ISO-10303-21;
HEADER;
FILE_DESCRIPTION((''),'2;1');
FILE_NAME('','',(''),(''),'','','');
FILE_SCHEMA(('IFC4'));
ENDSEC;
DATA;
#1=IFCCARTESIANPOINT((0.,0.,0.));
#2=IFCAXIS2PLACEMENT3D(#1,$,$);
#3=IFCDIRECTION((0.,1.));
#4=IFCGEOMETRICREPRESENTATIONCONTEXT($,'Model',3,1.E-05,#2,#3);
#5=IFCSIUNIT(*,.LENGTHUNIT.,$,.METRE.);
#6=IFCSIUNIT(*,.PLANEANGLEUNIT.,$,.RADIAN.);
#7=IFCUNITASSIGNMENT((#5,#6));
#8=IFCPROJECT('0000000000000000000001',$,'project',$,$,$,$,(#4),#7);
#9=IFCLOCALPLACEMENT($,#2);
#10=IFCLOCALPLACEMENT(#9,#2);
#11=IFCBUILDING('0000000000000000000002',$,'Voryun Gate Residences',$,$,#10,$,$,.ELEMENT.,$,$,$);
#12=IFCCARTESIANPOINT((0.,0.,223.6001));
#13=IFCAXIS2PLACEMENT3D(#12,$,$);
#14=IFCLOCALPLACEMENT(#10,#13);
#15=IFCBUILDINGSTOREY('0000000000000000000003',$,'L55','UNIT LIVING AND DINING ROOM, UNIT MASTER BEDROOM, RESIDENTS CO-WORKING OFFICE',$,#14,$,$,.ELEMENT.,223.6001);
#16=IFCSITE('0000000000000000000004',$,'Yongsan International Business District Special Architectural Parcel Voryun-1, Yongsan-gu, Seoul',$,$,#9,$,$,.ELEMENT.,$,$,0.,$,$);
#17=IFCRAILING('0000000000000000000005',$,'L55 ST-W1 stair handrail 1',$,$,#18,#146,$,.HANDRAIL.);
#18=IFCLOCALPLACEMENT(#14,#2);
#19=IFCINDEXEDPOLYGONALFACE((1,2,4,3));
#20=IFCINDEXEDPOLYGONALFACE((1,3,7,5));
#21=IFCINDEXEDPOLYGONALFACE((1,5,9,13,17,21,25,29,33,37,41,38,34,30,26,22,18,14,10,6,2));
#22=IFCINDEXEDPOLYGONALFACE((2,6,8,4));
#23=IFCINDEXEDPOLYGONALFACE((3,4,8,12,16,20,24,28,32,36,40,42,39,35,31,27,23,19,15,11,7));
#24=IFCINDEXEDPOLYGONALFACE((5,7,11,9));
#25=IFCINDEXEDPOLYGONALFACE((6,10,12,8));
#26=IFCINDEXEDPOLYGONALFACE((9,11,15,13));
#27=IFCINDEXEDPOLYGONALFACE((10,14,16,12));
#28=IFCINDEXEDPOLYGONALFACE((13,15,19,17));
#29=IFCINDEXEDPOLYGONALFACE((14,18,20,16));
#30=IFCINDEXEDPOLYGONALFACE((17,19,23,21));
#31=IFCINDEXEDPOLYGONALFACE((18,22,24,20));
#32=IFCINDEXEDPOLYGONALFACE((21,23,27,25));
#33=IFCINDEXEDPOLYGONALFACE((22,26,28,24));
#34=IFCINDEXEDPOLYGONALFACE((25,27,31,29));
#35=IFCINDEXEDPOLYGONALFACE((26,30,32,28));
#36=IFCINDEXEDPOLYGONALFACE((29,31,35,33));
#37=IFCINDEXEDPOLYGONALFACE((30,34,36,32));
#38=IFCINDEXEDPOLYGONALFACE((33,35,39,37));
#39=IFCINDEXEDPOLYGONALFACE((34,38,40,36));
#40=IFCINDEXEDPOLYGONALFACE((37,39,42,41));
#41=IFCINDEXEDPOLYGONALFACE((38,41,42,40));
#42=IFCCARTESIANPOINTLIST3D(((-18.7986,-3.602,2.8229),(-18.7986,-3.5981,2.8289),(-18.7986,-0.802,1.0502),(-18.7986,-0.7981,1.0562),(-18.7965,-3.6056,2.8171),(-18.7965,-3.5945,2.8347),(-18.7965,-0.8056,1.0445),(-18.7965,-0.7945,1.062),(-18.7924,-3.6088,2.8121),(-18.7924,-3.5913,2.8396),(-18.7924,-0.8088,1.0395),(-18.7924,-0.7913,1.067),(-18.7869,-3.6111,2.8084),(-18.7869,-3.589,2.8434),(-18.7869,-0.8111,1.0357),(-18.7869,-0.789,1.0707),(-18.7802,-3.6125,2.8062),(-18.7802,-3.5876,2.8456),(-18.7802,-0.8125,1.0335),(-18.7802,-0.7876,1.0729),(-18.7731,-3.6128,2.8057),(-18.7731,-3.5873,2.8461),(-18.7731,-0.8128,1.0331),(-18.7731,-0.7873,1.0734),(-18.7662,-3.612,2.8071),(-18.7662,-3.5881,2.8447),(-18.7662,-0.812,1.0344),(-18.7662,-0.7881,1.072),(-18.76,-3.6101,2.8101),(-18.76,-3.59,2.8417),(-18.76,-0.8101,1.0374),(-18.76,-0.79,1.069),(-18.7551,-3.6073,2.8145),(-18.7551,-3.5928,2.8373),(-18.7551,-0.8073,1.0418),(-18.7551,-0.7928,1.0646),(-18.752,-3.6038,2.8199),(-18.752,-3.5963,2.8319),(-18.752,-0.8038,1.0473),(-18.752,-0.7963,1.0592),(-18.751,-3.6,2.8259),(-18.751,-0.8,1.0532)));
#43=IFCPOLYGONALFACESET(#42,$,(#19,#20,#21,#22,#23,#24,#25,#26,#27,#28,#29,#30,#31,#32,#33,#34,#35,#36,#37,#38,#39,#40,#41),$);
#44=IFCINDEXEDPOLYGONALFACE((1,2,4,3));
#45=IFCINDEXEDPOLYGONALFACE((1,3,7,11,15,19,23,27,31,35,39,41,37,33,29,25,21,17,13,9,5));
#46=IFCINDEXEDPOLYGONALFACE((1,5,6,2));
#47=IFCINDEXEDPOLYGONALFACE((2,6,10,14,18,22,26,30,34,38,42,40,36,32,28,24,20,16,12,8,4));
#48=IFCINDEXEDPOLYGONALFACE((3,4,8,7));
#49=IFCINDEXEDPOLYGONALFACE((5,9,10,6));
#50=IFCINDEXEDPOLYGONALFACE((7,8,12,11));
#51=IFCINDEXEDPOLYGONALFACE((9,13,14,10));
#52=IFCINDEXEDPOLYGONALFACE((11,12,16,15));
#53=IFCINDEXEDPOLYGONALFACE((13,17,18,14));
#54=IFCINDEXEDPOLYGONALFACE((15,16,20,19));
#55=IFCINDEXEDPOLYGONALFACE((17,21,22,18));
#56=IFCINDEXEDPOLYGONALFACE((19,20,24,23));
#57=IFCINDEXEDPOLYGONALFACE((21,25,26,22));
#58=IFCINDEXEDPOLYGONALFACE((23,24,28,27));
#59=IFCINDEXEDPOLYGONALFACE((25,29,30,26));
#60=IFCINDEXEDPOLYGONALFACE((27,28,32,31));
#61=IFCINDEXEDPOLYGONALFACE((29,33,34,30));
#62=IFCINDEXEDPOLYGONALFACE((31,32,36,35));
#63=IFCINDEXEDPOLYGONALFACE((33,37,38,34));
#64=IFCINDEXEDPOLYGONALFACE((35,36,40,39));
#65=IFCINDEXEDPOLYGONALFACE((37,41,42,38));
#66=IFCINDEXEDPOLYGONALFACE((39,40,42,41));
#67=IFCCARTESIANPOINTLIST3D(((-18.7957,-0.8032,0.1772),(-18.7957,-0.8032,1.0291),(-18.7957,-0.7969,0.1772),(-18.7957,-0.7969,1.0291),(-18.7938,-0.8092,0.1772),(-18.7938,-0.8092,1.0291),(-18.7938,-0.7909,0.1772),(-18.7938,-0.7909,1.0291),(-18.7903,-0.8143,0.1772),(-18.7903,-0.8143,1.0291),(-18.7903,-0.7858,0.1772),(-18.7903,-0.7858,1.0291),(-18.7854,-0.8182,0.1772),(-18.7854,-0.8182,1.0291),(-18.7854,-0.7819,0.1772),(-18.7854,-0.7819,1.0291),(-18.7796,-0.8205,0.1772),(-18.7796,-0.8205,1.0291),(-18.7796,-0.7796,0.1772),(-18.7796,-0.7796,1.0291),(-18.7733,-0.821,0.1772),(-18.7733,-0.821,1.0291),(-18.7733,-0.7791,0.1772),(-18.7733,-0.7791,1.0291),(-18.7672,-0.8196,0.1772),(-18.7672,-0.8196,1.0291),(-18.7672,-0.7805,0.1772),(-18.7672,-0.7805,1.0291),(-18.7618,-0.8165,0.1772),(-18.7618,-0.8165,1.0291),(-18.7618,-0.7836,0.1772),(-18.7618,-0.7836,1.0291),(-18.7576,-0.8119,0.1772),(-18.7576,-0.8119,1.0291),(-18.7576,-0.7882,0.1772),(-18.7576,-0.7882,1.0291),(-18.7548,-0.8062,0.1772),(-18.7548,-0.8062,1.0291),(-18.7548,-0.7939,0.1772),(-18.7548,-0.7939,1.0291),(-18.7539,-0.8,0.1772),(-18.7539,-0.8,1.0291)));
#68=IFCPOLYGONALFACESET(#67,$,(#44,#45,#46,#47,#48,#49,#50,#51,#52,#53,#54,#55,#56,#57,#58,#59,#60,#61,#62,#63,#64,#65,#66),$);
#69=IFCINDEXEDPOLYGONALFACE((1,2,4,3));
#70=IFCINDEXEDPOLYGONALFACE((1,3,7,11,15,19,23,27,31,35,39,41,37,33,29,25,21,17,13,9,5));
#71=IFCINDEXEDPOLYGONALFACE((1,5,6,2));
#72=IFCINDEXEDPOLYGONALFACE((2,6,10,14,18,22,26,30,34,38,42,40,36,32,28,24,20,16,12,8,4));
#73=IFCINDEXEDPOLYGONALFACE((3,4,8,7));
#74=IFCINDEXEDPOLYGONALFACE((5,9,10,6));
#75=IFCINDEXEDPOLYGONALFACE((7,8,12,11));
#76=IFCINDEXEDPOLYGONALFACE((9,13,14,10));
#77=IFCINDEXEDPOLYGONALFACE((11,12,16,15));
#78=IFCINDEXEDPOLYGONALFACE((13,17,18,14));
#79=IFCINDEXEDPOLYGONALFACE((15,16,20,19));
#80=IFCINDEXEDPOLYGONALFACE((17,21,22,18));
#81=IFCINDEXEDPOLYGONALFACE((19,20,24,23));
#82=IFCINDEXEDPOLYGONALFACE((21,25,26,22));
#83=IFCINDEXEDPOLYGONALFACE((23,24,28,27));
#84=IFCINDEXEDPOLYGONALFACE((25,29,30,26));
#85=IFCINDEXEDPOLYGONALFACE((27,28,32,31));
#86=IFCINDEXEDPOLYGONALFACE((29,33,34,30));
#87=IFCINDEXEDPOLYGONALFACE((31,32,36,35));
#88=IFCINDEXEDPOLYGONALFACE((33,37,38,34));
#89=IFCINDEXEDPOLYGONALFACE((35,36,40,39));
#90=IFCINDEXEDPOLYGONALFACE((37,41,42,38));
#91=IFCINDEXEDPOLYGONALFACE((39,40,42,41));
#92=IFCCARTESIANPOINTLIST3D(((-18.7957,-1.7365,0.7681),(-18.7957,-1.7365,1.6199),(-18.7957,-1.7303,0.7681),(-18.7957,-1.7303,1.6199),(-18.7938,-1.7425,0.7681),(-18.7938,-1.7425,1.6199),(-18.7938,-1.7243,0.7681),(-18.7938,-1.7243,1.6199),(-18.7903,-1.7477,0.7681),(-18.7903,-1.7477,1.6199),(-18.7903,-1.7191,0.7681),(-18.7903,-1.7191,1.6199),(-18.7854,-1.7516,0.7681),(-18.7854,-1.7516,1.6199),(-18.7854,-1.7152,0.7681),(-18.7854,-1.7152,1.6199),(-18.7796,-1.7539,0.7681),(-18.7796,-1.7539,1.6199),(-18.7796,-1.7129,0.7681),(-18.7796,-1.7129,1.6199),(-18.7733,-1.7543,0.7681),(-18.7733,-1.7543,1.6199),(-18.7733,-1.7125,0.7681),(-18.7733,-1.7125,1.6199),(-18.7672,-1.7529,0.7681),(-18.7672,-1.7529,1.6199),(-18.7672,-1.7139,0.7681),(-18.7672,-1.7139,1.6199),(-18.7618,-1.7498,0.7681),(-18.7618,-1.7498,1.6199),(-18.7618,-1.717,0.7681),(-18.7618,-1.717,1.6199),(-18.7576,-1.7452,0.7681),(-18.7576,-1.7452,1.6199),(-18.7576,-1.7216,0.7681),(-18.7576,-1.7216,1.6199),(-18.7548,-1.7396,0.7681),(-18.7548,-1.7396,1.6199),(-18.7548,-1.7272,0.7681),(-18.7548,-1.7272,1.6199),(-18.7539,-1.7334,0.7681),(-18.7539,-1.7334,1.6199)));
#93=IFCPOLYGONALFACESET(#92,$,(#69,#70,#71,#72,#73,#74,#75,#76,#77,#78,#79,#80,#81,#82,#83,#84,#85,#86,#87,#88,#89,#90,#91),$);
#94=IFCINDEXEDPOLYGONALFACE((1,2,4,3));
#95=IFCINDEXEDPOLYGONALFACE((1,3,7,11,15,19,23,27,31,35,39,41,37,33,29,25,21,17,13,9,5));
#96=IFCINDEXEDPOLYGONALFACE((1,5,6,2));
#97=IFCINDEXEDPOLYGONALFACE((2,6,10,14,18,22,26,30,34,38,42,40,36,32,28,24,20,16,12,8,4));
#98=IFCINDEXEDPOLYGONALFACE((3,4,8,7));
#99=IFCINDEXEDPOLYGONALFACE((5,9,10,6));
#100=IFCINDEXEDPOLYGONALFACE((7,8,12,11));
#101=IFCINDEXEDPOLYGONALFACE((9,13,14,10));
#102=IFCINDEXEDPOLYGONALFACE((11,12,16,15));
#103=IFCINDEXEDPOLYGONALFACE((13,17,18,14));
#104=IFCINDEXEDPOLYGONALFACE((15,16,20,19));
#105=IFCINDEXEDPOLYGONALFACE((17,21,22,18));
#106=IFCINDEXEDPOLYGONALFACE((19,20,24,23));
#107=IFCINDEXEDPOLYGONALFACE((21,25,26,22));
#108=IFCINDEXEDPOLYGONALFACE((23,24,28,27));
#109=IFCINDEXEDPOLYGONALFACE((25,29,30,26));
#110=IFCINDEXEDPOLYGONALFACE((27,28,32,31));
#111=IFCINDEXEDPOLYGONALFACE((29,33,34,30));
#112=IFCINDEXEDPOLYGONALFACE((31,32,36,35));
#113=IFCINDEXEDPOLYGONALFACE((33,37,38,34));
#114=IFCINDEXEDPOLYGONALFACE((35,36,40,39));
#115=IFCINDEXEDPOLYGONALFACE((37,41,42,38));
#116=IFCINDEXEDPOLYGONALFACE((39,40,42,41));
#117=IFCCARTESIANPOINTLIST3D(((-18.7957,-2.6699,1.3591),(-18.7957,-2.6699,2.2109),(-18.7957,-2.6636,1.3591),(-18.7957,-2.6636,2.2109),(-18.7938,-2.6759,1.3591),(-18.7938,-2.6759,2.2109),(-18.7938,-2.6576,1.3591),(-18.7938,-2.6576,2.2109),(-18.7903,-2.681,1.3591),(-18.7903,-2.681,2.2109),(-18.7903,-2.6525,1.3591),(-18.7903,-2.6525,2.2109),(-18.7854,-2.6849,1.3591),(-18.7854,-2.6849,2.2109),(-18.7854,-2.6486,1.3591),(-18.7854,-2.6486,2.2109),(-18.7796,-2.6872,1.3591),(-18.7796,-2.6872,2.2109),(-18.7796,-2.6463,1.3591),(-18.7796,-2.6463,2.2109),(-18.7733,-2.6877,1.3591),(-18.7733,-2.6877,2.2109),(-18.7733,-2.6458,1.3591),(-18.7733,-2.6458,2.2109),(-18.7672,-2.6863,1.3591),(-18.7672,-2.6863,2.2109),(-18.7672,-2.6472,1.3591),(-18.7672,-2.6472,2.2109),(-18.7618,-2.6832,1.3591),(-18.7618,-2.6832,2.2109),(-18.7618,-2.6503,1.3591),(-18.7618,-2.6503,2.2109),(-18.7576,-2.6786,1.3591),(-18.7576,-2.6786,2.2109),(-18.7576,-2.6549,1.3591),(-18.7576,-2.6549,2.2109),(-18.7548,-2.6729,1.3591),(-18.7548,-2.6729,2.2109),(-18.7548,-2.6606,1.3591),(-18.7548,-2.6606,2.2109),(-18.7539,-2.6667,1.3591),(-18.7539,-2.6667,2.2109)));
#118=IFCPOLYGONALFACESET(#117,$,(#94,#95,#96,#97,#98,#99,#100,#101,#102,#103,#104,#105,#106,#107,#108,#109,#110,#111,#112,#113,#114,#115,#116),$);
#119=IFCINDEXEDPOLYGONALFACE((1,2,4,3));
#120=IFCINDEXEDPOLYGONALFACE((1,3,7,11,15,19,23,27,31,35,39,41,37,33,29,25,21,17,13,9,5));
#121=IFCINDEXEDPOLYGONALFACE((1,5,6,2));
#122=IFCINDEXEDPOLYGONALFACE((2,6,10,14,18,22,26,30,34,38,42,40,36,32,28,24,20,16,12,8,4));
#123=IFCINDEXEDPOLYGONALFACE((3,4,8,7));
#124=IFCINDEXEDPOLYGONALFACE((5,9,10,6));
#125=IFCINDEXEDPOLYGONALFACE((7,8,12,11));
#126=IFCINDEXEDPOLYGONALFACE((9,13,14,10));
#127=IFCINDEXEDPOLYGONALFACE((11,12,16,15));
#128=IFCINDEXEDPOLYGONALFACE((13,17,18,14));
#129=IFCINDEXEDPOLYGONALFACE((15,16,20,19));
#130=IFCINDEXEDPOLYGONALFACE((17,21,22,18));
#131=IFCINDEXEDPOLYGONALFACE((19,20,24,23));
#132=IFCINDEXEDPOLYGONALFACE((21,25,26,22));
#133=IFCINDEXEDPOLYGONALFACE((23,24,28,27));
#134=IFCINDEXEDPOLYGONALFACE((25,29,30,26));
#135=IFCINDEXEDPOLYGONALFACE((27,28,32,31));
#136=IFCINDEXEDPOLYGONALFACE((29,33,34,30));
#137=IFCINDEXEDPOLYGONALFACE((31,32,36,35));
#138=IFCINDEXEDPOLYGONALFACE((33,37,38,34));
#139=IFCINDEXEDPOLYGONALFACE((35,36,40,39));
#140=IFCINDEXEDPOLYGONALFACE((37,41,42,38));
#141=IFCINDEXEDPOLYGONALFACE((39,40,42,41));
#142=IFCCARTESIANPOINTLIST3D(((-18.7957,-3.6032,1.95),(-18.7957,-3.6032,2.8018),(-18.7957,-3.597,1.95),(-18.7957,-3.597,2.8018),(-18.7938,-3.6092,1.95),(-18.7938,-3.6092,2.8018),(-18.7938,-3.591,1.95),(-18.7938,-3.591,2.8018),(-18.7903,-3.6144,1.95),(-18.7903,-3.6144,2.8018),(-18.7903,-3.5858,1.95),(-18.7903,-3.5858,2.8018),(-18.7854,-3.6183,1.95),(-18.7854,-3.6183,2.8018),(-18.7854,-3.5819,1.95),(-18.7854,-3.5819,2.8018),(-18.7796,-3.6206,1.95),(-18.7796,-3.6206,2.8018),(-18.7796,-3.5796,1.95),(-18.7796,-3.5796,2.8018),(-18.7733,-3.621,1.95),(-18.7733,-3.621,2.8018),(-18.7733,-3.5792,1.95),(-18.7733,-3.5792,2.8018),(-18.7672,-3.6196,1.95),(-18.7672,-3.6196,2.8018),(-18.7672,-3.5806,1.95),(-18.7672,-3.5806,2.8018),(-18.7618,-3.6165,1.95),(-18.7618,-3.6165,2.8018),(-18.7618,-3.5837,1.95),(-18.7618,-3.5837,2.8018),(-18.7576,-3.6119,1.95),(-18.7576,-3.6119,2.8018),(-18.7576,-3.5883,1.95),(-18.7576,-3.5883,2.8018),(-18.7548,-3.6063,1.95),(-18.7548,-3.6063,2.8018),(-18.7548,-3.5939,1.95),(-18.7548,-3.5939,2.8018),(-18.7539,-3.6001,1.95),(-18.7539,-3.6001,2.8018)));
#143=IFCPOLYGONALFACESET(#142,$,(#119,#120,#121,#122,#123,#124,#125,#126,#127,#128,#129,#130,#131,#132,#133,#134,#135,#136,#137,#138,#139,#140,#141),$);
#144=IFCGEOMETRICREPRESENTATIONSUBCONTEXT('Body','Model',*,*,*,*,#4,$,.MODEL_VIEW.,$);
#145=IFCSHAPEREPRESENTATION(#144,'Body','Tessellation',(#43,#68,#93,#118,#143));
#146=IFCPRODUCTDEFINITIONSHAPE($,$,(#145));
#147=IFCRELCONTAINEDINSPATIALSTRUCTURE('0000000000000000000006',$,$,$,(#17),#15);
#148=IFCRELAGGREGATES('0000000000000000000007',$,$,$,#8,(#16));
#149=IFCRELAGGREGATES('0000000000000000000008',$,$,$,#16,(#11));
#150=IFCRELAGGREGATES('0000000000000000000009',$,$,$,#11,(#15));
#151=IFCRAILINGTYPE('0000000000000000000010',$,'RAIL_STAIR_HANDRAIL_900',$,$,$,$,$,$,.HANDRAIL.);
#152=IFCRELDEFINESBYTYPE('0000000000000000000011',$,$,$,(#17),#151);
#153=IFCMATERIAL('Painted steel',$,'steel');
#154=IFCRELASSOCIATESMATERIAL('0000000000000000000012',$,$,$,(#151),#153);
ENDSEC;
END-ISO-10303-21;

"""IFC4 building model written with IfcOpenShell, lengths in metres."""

from ifc_helpers import new_model, si_unit, direction, frame, origin, origin_2d, place, context, subcontext, project, spatial, circle, extrude, material, type_object, element, save


model = new_model("IFC4")

# Units and contexts
model_context = context("Model", 3, precision=1e-05, world=origin(), true_north=direction((0.0, 1.0)))
body_context = subcontext(model_context, "Body", "Model", "MODEL_VIEW")
ifc_project = project(units=[si_unit("LENGTHUNIT", "METRE"), si_unit("PLANEANGLEUNIT", "RADIAN")], contexts=[model_context])

# Site, building, storey
site_placement = place(None, origin())
site = spatial("IfcSite", under=ifc_project, at=site_placement, Name="Yongsan International Business District Special Architectural Parcel Voryun-1, Yongsan-gu, Seoul", CompositionType="ELEMENT", RefElevation=0.0)
building_placement = place(site_placement, origin())
building = spatial("IfcBuilding", under=site, at=building_placement, Name="Voryun Gate Residences", CompositionType="ELEMENT")
storey_placement = place(building_placement, frame((0.0, 0.0, 223.6001)))
storey = spatial("IfcBuildingStorey", under=building, at=storey_placement, Name="L55", Description="UNIT LIVING AND DINING ROOM, UNIT MASTER BEDROOM, RESIDENTS CO-WORKING OFFICE", CompositionType="ELEMENT", Elevation=223.6001)

# Railing
ifc_material_1 = material(Name="Painted steel", Category="steel")
railing_type_1 = type_object("IfcRailingType", Name="RAIL_STAIR_HANDRAIL_900", PredefinedType="HANDRAIL", material=ifc_material_1)
railing_1_placement = place(storey_placement, frame((-18.7749, -0.8, 0.1772)))
element("IfcRailing", 1, at=railing_1_placement, inside=storey, type_object=railing_type_1, Name="L55 ST-W1 stair handrail 1", PredefinedType="HANDRAIL", context=body_context, shape_type="SweptSolid", body=[
    extrude(circle(Radius=0.0239, at=origin_2d()), frame((0.0, 0.0, 0.876), z_axis=(0.0, -0.844909, 0.53491), x_axis=(1.0, 0.0, 0.0)), (0.0, 0.0, 1.0), 3.314),
    extrude(circle(Radius=0.021, at=origin_2d()), origin(), (0.0, 0.0, 1.0), 0.8518),
    extrude(circle(Radius=0.021, at=origin_2d()), frame((0.0, -0.9333, 0.5908)), (0.0, 0.0, 1.0), 0.8518),
    extrude(circle(Radius=0.021, at=origin_2d()), frame((0.0, -1.8667, 1.1819)), (0.0, 0.0, 1.0), 0.8518),
    extrude(circle(Radius=0.021, at=origin_2d()), frame((0.0, -2.8, 1.7727)), (0.0, 0.0, 1.0), 0.8518),
])

save(model, "model.ifc")
